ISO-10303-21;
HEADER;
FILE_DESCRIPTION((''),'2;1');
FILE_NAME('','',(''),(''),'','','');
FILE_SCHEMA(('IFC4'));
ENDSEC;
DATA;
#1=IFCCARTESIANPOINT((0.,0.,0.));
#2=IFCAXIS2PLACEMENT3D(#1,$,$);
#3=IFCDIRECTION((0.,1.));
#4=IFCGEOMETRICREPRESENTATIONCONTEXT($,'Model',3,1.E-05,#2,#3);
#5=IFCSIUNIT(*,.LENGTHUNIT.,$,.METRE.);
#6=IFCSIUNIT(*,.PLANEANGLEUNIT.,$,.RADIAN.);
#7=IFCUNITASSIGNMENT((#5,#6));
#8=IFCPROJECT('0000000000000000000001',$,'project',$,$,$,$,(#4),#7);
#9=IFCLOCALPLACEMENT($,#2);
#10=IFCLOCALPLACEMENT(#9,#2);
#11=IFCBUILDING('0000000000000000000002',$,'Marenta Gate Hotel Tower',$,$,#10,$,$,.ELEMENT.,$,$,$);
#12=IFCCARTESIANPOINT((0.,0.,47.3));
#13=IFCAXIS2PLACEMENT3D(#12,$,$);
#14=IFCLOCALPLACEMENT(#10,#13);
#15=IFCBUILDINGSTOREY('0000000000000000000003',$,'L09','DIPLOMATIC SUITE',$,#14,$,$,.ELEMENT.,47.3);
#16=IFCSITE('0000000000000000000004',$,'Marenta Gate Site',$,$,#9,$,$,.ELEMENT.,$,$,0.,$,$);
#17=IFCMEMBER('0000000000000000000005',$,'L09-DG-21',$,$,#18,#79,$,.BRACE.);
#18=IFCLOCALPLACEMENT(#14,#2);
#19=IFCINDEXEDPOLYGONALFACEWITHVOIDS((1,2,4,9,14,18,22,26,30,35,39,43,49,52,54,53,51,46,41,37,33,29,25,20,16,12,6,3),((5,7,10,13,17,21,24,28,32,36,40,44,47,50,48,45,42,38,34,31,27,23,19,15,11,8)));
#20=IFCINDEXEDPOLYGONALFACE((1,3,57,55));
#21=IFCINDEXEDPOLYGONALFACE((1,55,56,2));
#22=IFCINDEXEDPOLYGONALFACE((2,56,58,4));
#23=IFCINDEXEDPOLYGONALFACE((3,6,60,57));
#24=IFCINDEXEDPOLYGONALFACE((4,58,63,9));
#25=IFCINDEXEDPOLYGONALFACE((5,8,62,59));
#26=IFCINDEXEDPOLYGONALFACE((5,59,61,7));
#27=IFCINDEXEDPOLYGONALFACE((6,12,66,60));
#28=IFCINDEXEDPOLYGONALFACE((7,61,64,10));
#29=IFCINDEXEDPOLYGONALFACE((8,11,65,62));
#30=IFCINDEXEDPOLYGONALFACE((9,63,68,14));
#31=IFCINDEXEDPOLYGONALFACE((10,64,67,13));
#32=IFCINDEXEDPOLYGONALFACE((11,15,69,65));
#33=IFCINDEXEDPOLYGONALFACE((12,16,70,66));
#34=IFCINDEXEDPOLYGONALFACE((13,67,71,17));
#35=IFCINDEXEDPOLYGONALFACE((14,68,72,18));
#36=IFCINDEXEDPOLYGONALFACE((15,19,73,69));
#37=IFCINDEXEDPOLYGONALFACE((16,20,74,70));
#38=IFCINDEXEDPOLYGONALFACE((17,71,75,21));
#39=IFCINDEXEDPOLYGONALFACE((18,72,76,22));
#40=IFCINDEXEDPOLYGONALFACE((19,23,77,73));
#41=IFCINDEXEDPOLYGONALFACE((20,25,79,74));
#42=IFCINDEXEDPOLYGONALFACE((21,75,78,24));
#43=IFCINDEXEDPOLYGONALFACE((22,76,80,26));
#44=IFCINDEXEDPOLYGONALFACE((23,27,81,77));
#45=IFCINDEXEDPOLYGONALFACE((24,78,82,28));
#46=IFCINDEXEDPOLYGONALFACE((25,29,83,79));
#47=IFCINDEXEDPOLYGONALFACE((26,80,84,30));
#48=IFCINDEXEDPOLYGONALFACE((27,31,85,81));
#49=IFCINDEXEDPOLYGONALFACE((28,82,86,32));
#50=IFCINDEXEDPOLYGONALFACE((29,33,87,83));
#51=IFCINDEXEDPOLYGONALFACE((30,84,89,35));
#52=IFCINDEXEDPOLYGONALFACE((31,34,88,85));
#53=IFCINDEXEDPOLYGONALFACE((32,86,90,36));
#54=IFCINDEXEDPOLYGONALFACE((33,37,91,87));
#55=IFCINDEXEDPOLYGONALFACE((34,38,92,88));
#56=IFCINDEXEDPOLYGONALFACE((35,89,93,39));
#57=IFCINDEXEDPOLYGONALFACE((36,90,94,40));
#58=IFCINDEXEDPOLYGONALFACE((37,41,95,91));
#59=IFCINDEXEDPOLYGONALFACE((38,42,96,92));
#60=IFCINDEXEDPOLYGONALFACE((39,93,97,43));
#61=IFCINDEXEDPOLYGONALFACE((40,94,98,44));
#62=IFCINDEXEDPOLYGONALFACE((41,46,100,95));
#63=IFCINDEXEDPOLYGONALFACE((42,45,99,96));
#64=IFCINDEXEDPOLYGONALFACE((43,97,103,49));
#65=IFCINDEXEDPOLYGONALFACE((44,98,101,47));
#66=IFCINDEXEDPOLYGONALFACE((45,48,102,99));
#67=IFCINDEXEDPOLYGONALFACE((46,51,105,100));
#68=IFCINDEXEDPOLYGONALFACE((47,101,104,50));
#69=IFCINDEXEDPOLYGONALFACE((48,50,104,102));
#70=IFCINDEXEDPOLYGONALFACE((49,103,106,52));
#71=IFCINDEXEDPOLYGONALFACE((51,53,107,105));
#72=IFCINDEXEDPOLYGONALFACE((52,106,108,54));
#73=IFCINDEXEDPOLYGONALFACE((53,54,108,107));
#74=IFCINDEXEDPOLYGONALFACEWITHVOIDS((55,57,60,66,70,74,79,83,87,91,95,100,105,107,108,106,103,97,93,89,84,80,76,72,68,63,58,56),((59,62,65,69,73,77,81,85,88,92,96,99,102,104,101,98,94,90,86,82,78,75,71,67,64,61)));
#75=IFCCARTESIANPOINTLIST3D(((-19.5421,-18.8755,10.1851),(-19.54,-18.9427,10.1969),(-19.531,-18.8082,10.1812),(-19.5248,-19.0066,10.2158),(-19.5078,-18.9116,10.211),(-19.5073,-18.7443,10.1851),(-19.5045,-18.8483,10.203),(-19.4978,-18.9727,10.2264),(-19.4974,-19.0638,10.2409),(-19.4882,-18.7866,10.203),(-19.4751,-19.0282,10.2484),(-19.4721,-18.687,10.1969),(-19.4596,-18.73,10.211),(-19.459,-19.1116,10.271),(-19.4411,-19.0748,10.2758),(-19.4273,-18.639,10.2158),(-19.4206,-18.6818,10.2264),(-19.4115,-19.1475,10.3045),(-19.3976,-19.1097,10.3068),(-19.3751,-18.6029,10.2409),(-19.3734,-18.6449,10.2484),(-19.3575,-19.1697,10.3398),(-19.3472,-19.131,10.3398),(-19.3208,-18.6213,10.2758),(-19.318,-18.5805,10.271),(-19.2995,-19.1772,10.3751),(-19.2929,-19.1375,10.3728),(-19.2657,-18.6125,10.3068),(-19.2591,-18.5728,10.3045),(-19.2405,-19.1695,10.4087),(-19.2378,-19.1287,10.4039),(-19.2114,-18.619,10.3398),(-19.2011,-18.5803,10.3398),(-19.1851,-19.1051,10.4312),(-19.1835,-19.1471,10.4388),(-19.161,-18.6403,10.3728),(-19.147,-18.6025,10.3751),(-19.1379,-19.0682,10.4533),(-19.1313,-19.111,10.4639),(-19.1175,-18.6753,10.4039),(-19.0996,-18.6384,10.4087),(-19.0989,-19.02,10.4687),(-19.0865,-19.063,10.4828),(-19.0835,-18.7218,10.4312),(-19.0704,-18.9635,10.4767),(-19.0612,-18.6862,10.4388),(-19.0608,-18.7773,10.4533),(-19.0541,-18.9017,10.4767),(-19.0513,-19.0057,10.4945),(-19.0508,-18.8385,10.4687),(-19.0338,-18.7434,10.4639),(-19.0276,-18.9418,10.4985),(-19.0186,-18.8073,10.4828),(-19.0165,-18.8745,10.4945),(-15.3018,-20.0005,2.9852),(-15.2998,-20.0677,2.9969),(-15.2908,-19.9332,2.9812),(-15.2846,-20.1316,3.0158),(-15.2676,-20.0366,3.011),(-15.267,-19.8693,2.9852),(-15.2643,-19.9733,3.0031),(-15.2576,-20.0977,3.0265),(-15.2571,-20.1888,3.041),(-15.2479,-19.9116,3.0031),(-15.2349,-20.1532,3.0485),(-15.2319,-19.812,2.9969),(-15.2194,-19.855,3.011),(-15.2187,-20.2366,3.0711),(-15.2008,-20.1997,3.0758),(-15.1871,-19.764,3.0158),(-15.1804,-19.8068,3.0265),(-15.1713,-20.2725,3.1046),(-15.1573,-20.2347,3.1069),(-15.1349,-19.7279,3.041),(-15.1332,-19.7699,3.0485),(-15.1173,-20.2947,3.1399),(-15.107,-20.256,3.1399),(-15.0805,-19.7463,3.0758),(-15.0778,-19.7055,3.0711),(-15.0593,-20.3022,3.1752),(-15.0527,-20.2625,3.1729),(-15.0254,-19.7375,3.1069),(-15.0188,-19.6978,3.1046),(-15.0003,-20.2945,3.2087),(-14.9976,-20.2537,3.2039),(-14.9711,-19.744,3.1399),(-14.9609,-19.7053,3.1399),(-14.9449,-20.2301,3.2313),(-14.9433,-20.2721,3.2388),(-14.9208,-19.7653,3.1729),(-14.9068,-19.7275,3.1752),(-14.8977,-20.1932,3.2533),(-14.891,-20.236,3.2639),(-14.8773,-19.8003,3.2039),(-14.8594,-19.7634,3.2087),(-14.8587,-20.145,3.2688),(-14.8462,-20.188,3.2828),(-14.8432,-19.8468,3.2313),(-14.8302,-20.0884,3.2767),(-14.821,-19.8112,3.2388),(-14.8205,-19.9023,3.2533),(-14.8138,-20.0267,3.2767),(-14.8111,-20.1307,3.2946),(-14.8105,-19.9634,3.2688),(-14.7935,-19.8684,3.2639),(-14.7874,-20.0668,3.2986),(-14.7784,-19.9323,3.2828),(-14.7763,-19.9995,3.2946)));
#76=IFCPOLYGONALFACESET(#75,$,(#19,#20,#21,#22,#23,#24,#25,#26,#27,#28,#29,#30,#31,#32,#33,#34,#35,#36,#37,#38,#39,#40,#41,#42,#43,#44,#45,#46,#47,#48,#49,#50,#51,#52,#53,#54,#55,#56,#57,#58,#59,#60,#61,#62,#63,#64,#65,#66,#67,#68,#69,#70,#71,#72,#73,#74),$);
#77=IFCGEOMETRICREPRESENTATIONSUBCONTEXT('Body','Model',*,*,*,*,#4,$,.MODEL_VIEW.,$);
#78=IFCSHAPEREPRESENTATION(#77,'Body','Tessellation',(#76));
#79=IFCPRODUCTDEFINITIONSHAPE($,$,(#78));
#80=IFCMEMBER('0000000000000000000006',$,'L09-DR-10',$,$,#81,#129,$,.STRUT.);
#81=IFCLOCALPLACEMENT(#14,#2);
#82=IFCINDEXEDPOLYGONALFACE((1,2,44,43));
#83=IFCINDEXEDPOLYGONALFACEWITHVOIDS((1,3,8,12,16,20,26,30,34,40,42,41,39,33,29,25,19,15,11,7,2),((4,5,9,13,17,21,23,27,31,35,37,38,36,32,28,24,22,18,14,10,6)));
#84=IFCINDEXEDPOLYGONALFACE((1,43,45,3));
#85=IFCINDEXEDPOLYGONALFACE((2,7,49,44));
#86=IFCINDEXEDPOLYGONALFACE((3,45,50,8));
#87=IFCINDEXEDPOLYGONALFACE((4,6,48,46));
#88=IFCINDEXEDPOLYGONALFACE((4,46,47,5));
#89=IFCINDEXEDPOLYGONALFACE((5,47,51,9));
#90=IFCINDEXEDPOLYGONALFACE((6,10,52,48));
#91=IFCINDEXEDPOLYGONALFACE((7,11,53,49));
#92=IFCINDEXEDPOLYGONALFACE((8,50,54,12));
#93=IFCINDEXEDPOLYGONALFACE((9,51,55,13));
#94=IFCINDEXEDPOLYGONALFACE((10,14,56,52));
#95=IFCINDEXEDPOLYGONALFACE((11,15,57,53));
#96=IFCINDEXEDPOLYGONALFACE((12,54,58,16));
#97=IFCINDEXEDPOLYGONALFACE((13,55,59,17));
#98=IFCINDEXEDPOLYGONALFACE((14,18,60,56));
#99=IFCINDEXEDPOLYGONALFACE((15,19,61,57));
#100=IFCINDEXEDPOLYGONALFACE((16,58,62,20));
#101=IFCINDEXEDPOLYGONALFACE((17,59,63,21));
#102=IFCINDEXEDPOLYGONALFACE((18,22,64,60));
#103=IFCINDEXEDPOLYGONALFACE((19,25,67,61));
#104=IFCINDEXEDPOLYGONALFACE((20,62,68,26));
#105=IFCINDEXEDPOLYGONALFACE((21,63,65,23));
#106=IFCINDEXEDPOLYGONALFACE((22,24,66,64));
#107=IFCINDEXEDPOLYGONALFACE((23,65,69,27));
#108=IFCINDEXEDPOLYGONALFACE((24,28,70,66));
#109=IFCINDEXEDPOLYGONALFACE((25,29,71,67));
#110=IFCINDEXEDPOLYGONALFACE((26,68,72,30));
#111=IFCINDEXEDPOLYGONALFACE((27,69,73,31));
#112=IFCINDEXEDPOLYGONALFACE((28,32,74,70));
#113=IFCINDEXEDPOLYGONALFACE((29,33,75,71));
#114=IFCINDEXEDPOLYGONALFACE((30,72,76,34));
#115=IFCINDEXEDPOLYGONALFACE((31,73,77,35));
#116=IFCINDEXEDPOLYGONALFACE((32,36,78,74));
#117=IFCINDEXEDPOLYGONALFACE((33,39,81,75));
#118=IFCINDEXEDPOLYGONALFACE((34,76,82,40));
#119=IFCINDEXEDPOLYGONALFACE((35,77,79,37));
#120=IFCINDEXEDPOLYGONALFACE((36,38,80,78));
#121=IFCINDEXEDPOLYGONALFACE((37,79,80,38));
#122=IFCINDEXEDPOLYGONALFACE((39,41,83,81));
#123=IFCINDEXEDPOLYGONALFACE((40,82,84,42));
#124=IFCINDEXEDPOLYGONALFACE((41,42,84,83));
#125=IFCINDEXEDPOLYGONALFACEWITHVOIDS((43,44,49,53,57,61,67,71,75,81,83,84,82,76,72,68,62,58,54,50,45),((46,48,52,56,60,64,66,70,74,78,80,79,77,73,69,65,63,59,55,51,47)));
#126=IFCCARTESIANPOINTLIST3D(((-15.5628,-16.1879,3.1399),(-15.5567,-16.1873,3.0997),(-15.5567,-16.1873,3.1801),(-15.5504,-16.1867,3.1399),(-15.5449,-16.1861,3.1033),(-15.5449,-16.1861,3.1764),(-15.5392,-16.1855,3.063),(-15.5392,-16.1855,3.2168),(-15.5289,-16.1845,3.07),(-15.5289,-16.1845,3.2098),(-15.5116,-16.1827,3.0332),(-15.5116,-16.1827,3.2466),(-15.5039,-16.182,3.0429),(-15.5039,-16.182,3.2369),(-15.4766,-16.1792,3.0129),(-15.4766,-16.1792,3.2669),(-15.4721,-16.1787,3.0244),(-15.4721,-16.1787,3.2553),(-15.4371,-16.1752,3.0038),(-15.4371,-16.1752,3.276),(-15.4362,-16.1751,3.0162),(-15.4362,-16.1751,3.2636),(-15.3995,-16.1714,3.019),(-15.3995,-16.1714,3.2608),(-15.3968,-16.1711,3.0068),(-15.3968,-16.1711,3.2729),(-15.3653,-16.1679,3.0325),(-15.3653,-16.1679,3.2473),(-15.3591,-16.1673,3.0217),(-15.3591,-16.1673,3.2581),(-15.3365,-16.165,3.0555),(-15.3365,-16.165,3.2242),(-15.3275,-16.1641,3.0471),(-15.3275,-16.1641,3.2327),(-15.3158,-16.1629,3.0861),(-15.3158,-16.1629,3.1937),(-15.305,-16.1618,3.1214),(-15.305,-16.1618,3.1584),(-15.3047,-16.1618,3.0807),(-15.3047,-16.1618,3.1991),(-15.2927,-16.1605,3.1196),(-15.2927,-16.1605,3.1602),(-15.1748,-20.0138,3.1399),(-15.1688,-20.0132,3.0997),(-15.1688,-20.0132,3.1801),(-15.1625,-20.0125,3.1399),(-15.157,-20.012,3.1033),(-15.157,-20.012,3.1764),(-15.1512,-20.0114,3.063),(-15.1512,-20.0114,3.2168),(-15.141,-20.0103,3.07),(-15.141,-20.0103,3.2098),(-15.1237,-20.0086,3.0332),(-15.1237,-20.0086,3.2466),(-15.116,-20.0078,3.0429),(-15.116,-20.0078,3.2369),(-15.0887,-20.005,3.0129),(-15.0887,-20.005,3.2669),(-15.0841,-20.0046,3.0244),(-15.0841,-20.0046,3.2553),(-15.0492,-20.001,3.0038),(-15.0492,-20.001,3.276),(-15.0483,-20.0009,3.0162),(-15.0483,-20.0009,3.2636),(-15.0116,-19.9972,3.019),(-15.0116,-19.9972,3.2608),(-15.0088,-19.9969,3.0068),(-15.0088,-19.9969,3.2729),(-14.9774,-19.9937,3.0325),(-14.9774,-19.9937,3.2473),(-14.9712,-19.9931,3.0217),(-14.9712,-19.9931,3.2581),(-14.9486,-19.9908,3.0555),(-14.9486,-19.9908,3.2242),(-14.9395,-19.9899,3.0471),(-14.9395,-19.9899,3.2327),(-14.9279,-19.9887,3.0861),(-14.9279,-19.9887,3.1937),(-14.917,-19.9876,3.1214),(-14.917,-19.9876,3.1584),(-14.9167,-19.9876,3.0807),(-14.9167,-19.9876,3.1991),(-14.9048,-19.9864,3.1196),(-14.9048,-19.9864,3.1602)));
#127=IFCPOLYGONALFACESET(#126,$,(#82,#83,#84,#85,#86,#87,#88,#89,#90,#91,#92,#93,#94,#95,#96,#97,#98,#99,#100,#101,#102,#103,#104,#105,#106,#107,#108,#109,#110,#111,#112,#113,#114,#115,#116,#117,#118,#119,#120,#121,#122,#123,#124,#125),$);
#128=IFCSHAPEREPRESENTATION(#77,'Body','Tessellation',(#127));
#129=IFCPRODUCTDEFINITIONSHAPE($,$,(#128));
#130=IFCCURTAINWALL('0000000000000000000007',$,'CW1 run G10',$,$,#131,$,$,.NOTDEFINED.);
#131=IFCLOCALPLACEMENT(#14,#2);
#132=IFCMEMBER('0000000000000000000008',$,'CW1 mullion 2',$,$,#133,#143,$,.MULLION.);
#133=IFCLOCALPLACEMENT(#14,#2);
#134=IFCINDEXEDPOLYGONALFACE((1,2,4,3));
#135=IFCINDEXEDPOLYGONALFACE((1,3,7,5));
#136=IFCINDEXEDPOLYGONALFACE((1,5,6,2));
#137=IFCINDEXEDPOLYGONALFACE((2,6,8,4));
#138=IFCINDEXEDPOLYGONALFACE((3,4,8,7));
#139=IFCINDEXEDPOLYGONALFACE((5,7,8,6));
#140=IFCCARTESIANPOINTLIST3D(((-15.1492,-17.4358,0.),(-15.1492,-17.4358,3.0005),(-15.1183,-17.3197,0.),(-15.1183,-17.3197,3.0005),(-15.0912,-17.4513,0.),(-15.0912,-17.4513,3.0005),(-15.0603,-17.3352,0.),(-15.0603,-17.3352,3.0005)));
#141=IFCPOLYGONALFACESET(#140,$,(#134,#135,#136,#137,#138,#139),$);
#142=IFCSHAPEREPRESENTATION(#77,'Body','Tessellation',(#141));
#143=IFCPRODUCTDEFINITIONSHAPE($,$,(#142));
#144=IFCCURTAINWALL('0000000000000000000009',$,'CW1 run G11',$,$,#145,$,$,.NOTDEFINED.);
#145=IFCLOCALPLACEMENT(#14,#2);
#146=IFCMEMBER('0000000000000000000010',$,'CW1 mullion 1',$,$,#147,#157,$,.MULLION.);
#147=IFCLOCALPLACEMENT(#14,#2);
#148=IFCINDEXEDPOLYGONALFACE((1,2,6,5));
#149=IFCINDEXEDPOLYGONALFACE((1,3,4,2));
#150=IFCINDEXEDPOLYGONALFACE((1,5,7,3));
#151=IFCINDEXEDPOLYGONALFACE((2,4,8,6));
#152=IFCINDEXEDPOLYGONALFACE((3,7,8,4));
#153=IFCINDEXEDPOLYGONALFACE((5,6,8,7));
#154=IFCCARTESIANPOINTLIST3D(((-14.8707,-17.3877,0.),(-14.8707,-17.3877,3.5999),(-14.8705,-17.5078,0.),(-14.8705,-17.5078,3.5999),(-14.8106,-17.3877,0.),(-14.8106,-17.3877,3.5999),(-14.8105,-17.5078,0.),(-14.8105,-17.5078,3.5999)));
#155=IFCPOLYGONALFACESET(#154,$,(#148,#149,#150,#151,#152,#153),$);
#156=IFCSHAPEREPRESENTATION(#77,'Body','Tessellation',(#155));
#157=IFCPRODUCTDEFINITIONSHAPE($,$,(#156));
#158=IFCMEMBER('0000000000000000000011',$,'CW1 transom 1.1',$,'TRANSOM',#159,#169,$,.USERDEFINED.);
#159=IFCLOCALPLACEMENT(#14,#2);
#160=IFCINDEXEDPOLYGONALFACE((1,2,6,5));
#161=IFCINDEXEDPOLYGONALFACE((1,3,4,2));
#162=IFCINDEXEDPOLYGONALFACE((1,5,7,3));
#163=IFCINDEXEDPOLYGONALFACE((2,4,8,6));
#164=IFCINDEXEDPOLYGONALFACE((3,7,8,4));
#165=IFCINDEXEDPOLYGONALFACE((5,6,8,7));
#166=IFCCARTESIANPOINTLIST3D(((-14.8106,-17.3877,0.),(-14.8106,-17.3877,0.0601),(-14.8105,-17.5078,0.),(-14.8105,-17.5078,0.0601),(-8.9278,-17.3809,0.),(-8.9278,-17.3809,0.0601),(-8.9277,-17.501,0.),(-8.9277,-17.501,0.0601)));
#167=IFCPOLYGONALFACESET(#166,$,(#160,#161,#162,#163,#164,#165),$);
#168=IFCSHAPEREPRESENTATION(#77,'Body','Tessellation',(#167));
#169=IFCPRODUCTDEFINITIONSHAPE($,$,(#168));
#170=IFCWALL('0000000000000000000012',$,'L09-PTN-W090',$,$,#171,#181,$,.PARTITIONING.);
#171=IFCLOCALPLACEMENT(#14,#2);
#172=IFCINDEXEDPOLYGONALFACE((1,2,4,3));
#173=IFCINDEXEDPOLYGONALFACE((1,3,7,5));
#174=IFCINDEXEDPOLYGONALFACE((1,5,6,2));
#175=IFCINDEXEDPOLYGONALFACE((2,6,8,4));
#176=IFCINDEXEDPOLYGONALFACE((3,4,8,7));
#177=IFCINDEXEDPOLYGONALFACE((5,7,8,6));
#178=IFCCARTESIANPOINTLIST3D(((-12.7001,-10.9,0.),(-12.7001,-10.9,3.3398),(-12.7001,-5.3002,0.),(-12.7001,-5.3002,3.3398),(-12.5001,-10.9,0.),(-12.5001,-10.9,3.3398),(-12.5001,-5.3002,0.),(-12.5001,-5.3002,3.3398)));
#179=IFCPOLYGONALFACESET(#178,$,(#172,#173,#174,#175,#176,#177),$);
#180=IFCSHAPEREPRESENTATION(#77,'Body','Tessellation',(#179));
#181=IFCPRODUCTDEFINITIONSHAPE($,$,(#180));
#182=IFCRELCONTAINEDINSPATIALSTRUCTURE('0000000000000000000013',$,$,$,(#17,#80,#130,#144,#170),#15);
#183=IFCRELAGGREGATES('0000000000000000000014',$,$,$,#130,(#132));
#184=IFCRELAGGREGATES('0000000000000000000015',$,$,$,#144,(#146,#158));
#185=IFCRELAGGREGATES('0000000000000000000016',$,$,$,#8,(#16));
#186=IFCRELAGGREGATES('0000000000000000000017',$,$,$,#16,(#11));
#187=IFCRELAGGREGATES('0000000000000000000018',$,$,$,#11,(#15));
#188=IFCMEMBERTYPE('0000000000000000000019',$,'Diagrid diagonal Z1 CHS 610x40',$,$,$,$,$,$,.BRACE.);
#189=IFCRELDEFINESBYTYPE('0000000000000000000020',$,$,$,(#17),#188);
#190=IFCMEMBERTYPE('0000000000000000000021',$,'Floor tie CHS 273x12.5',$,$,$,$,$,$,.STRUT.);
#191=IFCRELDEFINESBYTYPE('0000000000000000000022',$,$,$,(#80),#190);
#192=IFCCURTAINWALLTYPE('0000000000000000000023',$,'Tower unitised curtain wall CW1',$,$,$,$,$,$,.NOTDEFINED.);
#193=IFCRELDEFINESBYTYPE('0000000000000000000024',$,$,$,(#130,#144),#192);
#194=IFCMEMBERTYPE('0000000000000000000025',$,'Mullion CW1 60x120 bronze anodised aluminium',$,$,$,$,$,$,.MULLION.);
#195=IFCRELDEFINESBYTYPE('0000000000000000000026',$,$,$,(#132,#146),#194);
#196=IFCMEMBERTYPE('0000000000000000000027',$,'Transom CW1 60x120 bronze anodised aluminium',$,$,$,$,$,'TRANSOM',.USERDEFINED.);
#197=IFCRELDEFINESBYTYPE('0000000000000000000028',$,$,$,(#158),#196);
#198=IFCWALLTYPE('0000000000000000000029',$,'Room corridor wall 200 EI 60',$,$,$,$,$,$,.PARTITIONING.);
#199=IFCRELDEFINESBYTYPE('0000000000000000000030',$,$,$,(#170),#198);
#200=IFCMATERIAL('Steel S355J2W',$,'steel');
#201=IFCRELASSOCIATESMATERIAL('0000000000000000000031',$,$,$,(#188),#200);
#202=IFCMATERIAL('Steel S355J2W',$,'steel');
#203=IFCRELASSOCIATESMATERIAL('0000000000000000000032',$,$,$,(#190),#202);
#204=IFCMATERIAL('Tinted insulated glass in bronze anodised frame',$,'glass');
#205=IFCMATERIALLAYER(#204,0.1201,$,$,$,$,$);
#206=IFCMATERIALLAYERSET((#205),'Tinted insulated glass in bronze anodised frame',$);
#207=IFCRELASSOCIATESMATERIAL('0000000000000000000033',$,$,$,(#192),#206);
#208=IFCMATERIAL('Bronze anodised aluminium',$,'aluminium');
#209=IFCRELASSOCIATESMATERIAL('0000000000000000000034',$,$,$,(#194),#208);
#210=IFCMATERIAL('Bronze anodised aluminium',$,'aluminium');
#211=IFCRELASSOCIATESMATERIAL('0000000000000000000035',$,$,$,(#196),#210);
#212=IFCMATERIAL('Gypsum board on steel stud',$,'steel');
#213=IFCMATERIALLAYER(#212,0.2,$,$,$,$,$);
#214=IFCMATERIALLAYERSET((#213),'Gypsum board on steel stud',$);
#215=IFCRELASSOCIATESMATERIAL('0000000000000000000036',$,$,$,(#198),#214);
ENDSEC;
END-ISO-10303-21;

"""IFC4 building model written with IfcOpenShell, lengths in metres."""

from ifc_helpers import new_model, si_unit, direction, frame, frame_2d, origin, origin_2d, place, context, subcontext, project, spatial, rectangle, hollow_circle, extrude, material, layer, layer_set, material_profile, profile_set, type_object, element, aggregate, save


model = new_model("IFC4")

# Units and contexts
model_context = context("Model", 3, precision=1e-05, world=origin(), true_north=direction((0.0, 1.0)))
body_context = subcontext(model_context, "Body", "Model", "MODEL_VIEW")
ifc_project = project(units=[si_unit("LENGTHUNIT", "METRE"), si_unit("PLANEANGLEUNIT", "RADIAN")], contexts=[model_context])

# Site, building, storey
site_placement = place(None, origin())
site = spatial("IfcSite", under=ifc_project, at=site_placement, Name="Marenta Gate Site", CompositionType="ELEMENT", RefElevation=0.0)
building_placement = place(site_placement, origin())
building = spatial("IfcBuilding", under=site, at=building_placement, Name="Marenta Gate Hotel Tower", CompositionType="ELEMENT")
storey_placement = place(building_placement, frame((0.0, 0.0, 47.3)))
storey = spatial("IfcBuildingStorey", under=building, at=storey_placement, Name="L09", Description="DIPLOMATIC SUITE", CompositionType="ELEMENT", Elevation=47.3)

# Members
ifc_material_1 = material(Name="Steel S355J2W", Category="steel")
ifc_material_profile_1 = material_profile(ifc_material_1, hollow_circle(Radius=0.3049, WallThickness=0.04, at=origin_2d()), Name="CHS 610x40")
ifc_profile_set_1 = profile_set([ifc_material_profile_1], Name="Steel S355J2W")
member_type_1 = type_object("IfcMemberType", Name="Diagrid diagonal Z1 CHS 610x40", PredefinedType="BRACE", material=ifc_profile_set_1)
member_1_placement = place(storey_placement, frame((-15.0391, -20.0, 3.1399), z_axis=(-0.502924, 0.133434, 0.853969), x_axis=(-0.256443, -0.966559, 0.0)))
element("IfcMember", 1, at=member_1_placement, inside=storey, type_object=member_type_1, Name="L09-DG-21", PredefinedType="BRACE", context=body_context, shape_type="SweptSolid", body=[
    extrude(hollow_circle(Radius=0.3049, WallThickness=0.04, at=origin_2d()), origin(), (0.0, 0.0, 1.0), 8.4312),
])
ifc_material_2 = material(Name="Steel S355J2W", Category="steel")
ifc_material_profile_2 = material_profile(ifc_material_2, hollow_circle(Radius=0.1365, WallThickness=0.0125, at=origin_2d()), Name="CHS 273x12.5")
ifc_profile_set_2 = profile_set([ifc_material_profile_2], Name="Steel S355J2W")
member_type_2 = type_object("IfcMemberType", Name="Floor tie CHS 273x12.5", PredefinedType="STRUT", material=ifc_profile_set_2)
member_2_placement = place(storey_placement, frame((-15.0391, -20.0, 3.1399), z_axis=(-0.10088, 0.994899, 0.0), x_axis=(-0.994899, -0.10088, 0.0)))
element("IfcMember", 2, at=member_2_placement, inside=storey, type_object=member_type_2, Name="L09-DR-10", PredefinedType="STRUT", context=body_context, shape_type="SweptSolid", body=[
    extrude(hollow_circle(Radius=0.1365, WallThickness=0.0125, at=origin_2d()), origin(), (0.0, 0.0, 1.0), 3.8455),
])

# Curtain wall, member
ifc_material_3 = material(Name="Tinted insulated glass in bronze anodised frame", Category="glass")
ifc_layer_1 = layer(ifc_material_3, 0.1201)
ifc_layer_set_1 = layer_set([ifc_layer_1], Name="Tinted insulated glass in bronze anodised frame")
curtain_wall_type = type_object("IfcCurtainWallType", Name="Tower unitised curtain wall CW1", PredefinedType="NOTDEFINED", material=ifc_layer_set_1)
curtain_wall_1_placement = place(storey_placement, origin())
curtain_wall_1 = element("IfcCurtainWall", 3, at=curtain_wall_1_placement, inside=storey, type_object=curtain_wall_type, Name="CW1 run G10", PredefinedType="NOTDEFINED")
ifc_material_4 = material(Name="Bronze anodised aluminium", Category="aluminium")
ifc_material_profile_3 = material_profile(ifc_material_4, rectangle(XDim=0.1201, YDim=0.0601, at=origin_2d()), Name="Mullion CW1 60x120 bronze anodised aluminium")
ifc_profile_set_3 = profile_set([ifc_material_profile_3], Name="Bronze anodised aluminium")
member_type_3 = type_object("IfcMemberType", Name="Mullion CW1 60x120 bronze anodised aluminium", PredefinedType="MULLION", material=ifc_profile_set_3)
member_3_placement = place(storey_placement, frame((-15.1047, -17.3855, 0.0), z_axis=(0.0, 0.0, 1.0), x_axis=(0.257084, 0.966389, 0.0)))
member_3 = element("IfcMember", 4, at=member_3_placement, type_object=member_type_3, Name="CW1 mullion 2", PredefinedType="MULLION", context=body_context, shape_type="SweptSolid", body=[
    extrude(rectangle(XDim=0.1201, YDim=0.0601, at=origin_2d()), origin(), (0.0, 0.0, 1.0), 3.0005),
])
aggregate(curtain_wall_1, [member_3])

# Curtain wall, members
curtain_wall_2_placement = place(storey_placement, origin())
curtain_wall_2 = element("IfcCurtainWall", 5, at=curtain_wall_2_placement, inside=storey, type_object=curtain_wall_type, Name="CW1 run G11", PredefinedType="NOTDEFINED")
member_4_placement = place(storey_placement, frame((-14.8406, -17.4478, 0.0), z_axis=(0.0, 0.0, 1.0), x_axis=(-0.001162, 0.999999, 0.0)))
member_4 = element("IfcMember", 6, at=member_4_placement, type_object=member_type_3, Name="CW1 mullion 1", PredefinedType="MULLION", context=body_context, shape_type="SweptSolid", body=[
    extrude(rectangle(XDim=0.1201, YDim=0.0601, at=origin_2d()), origin(), (0.0, 0.0, 1.0), 3.5999),
])
ifc_material_5 = material(Name="Bronze anodised aluminium", Category="aluminium")
ifc_material_profile_4 = material_profile(ifc_material_5, rectangle(XDim=0.1201, YDim=0.0601, at=origin_2d()), Name="Transom CW1 60x120 bronze anodised aluminium")
ifc_profile_set_4 = profile_set([ifc_material_profile_4], Name="Bronze anodised aluminium")
member_type_4 = type_object("IfcMemberType", Name="Transom CW1 60x120 bronze anodised aluminium", ElementType="TRANSOM", PredefinedType="USERDEFINED", material=ifc_profile_set_4)
member_5_placement = place(storey_placement, frame((-14.8105, -17.4478, 0.03), z_axis=(0.999999, 0.001162, 0.0), x_axis=(-0.001162, 0.999999, 0.0)))
member_5 = element("IfcMember", 7, at=member_5_placement, type_object=member_type_4, Name="CW1 transom 1.1", ObjectType="TRANSOM", PredefinedType="USERDEFINED", context=body_context, shape_type="SweptSolid", body=[
    extrude(rectangle(XDim=0.1201, YDim=0.0601, at=origin_2d()), origin(), (0.0, 0.0, 1.0), 5.8828),
])
aggregate(curtain_wall_2, [member_4, member_5])

# Wall
ifc_material_6 = material(Name="Gypsum board on steel stud", Category="steel")
ifc_layer_2 = layer(ifc_material_6, 0.2)
ifc_layer_set_2 = layer_set([ifc_layer_2], Name="Gypsum board on steel stud")
wall_type_1 = type_object("IfcWallType", Name="Room corridor wall 200 EI 60", PredefinedType="PARTITIONING", material=ifc_layer_set_2)
wall_1_placement = place(storey_placement, frame((-12.6001, -10.8999, 0.0), z_axis=(0.0, 0.0, 1.0), x_axis=(0.0, 1.0, 0.0)))
element("IfcWall", 8, at=wall_1_placement, inside=storey, type_object=wall_type_1, Name="L09-PTN-W090", PredefinedType="PARTITIONING", context=body_context, shape_type="SweptSolid", body=[
    extrude(rectangle(XDim=5.5999, YDim=0.2, at=frame_2d((2.7998, 0.0))), origin(), (0.0, 0.0, 1.0), 3.3398),
])

save(model, "model.ifc")
